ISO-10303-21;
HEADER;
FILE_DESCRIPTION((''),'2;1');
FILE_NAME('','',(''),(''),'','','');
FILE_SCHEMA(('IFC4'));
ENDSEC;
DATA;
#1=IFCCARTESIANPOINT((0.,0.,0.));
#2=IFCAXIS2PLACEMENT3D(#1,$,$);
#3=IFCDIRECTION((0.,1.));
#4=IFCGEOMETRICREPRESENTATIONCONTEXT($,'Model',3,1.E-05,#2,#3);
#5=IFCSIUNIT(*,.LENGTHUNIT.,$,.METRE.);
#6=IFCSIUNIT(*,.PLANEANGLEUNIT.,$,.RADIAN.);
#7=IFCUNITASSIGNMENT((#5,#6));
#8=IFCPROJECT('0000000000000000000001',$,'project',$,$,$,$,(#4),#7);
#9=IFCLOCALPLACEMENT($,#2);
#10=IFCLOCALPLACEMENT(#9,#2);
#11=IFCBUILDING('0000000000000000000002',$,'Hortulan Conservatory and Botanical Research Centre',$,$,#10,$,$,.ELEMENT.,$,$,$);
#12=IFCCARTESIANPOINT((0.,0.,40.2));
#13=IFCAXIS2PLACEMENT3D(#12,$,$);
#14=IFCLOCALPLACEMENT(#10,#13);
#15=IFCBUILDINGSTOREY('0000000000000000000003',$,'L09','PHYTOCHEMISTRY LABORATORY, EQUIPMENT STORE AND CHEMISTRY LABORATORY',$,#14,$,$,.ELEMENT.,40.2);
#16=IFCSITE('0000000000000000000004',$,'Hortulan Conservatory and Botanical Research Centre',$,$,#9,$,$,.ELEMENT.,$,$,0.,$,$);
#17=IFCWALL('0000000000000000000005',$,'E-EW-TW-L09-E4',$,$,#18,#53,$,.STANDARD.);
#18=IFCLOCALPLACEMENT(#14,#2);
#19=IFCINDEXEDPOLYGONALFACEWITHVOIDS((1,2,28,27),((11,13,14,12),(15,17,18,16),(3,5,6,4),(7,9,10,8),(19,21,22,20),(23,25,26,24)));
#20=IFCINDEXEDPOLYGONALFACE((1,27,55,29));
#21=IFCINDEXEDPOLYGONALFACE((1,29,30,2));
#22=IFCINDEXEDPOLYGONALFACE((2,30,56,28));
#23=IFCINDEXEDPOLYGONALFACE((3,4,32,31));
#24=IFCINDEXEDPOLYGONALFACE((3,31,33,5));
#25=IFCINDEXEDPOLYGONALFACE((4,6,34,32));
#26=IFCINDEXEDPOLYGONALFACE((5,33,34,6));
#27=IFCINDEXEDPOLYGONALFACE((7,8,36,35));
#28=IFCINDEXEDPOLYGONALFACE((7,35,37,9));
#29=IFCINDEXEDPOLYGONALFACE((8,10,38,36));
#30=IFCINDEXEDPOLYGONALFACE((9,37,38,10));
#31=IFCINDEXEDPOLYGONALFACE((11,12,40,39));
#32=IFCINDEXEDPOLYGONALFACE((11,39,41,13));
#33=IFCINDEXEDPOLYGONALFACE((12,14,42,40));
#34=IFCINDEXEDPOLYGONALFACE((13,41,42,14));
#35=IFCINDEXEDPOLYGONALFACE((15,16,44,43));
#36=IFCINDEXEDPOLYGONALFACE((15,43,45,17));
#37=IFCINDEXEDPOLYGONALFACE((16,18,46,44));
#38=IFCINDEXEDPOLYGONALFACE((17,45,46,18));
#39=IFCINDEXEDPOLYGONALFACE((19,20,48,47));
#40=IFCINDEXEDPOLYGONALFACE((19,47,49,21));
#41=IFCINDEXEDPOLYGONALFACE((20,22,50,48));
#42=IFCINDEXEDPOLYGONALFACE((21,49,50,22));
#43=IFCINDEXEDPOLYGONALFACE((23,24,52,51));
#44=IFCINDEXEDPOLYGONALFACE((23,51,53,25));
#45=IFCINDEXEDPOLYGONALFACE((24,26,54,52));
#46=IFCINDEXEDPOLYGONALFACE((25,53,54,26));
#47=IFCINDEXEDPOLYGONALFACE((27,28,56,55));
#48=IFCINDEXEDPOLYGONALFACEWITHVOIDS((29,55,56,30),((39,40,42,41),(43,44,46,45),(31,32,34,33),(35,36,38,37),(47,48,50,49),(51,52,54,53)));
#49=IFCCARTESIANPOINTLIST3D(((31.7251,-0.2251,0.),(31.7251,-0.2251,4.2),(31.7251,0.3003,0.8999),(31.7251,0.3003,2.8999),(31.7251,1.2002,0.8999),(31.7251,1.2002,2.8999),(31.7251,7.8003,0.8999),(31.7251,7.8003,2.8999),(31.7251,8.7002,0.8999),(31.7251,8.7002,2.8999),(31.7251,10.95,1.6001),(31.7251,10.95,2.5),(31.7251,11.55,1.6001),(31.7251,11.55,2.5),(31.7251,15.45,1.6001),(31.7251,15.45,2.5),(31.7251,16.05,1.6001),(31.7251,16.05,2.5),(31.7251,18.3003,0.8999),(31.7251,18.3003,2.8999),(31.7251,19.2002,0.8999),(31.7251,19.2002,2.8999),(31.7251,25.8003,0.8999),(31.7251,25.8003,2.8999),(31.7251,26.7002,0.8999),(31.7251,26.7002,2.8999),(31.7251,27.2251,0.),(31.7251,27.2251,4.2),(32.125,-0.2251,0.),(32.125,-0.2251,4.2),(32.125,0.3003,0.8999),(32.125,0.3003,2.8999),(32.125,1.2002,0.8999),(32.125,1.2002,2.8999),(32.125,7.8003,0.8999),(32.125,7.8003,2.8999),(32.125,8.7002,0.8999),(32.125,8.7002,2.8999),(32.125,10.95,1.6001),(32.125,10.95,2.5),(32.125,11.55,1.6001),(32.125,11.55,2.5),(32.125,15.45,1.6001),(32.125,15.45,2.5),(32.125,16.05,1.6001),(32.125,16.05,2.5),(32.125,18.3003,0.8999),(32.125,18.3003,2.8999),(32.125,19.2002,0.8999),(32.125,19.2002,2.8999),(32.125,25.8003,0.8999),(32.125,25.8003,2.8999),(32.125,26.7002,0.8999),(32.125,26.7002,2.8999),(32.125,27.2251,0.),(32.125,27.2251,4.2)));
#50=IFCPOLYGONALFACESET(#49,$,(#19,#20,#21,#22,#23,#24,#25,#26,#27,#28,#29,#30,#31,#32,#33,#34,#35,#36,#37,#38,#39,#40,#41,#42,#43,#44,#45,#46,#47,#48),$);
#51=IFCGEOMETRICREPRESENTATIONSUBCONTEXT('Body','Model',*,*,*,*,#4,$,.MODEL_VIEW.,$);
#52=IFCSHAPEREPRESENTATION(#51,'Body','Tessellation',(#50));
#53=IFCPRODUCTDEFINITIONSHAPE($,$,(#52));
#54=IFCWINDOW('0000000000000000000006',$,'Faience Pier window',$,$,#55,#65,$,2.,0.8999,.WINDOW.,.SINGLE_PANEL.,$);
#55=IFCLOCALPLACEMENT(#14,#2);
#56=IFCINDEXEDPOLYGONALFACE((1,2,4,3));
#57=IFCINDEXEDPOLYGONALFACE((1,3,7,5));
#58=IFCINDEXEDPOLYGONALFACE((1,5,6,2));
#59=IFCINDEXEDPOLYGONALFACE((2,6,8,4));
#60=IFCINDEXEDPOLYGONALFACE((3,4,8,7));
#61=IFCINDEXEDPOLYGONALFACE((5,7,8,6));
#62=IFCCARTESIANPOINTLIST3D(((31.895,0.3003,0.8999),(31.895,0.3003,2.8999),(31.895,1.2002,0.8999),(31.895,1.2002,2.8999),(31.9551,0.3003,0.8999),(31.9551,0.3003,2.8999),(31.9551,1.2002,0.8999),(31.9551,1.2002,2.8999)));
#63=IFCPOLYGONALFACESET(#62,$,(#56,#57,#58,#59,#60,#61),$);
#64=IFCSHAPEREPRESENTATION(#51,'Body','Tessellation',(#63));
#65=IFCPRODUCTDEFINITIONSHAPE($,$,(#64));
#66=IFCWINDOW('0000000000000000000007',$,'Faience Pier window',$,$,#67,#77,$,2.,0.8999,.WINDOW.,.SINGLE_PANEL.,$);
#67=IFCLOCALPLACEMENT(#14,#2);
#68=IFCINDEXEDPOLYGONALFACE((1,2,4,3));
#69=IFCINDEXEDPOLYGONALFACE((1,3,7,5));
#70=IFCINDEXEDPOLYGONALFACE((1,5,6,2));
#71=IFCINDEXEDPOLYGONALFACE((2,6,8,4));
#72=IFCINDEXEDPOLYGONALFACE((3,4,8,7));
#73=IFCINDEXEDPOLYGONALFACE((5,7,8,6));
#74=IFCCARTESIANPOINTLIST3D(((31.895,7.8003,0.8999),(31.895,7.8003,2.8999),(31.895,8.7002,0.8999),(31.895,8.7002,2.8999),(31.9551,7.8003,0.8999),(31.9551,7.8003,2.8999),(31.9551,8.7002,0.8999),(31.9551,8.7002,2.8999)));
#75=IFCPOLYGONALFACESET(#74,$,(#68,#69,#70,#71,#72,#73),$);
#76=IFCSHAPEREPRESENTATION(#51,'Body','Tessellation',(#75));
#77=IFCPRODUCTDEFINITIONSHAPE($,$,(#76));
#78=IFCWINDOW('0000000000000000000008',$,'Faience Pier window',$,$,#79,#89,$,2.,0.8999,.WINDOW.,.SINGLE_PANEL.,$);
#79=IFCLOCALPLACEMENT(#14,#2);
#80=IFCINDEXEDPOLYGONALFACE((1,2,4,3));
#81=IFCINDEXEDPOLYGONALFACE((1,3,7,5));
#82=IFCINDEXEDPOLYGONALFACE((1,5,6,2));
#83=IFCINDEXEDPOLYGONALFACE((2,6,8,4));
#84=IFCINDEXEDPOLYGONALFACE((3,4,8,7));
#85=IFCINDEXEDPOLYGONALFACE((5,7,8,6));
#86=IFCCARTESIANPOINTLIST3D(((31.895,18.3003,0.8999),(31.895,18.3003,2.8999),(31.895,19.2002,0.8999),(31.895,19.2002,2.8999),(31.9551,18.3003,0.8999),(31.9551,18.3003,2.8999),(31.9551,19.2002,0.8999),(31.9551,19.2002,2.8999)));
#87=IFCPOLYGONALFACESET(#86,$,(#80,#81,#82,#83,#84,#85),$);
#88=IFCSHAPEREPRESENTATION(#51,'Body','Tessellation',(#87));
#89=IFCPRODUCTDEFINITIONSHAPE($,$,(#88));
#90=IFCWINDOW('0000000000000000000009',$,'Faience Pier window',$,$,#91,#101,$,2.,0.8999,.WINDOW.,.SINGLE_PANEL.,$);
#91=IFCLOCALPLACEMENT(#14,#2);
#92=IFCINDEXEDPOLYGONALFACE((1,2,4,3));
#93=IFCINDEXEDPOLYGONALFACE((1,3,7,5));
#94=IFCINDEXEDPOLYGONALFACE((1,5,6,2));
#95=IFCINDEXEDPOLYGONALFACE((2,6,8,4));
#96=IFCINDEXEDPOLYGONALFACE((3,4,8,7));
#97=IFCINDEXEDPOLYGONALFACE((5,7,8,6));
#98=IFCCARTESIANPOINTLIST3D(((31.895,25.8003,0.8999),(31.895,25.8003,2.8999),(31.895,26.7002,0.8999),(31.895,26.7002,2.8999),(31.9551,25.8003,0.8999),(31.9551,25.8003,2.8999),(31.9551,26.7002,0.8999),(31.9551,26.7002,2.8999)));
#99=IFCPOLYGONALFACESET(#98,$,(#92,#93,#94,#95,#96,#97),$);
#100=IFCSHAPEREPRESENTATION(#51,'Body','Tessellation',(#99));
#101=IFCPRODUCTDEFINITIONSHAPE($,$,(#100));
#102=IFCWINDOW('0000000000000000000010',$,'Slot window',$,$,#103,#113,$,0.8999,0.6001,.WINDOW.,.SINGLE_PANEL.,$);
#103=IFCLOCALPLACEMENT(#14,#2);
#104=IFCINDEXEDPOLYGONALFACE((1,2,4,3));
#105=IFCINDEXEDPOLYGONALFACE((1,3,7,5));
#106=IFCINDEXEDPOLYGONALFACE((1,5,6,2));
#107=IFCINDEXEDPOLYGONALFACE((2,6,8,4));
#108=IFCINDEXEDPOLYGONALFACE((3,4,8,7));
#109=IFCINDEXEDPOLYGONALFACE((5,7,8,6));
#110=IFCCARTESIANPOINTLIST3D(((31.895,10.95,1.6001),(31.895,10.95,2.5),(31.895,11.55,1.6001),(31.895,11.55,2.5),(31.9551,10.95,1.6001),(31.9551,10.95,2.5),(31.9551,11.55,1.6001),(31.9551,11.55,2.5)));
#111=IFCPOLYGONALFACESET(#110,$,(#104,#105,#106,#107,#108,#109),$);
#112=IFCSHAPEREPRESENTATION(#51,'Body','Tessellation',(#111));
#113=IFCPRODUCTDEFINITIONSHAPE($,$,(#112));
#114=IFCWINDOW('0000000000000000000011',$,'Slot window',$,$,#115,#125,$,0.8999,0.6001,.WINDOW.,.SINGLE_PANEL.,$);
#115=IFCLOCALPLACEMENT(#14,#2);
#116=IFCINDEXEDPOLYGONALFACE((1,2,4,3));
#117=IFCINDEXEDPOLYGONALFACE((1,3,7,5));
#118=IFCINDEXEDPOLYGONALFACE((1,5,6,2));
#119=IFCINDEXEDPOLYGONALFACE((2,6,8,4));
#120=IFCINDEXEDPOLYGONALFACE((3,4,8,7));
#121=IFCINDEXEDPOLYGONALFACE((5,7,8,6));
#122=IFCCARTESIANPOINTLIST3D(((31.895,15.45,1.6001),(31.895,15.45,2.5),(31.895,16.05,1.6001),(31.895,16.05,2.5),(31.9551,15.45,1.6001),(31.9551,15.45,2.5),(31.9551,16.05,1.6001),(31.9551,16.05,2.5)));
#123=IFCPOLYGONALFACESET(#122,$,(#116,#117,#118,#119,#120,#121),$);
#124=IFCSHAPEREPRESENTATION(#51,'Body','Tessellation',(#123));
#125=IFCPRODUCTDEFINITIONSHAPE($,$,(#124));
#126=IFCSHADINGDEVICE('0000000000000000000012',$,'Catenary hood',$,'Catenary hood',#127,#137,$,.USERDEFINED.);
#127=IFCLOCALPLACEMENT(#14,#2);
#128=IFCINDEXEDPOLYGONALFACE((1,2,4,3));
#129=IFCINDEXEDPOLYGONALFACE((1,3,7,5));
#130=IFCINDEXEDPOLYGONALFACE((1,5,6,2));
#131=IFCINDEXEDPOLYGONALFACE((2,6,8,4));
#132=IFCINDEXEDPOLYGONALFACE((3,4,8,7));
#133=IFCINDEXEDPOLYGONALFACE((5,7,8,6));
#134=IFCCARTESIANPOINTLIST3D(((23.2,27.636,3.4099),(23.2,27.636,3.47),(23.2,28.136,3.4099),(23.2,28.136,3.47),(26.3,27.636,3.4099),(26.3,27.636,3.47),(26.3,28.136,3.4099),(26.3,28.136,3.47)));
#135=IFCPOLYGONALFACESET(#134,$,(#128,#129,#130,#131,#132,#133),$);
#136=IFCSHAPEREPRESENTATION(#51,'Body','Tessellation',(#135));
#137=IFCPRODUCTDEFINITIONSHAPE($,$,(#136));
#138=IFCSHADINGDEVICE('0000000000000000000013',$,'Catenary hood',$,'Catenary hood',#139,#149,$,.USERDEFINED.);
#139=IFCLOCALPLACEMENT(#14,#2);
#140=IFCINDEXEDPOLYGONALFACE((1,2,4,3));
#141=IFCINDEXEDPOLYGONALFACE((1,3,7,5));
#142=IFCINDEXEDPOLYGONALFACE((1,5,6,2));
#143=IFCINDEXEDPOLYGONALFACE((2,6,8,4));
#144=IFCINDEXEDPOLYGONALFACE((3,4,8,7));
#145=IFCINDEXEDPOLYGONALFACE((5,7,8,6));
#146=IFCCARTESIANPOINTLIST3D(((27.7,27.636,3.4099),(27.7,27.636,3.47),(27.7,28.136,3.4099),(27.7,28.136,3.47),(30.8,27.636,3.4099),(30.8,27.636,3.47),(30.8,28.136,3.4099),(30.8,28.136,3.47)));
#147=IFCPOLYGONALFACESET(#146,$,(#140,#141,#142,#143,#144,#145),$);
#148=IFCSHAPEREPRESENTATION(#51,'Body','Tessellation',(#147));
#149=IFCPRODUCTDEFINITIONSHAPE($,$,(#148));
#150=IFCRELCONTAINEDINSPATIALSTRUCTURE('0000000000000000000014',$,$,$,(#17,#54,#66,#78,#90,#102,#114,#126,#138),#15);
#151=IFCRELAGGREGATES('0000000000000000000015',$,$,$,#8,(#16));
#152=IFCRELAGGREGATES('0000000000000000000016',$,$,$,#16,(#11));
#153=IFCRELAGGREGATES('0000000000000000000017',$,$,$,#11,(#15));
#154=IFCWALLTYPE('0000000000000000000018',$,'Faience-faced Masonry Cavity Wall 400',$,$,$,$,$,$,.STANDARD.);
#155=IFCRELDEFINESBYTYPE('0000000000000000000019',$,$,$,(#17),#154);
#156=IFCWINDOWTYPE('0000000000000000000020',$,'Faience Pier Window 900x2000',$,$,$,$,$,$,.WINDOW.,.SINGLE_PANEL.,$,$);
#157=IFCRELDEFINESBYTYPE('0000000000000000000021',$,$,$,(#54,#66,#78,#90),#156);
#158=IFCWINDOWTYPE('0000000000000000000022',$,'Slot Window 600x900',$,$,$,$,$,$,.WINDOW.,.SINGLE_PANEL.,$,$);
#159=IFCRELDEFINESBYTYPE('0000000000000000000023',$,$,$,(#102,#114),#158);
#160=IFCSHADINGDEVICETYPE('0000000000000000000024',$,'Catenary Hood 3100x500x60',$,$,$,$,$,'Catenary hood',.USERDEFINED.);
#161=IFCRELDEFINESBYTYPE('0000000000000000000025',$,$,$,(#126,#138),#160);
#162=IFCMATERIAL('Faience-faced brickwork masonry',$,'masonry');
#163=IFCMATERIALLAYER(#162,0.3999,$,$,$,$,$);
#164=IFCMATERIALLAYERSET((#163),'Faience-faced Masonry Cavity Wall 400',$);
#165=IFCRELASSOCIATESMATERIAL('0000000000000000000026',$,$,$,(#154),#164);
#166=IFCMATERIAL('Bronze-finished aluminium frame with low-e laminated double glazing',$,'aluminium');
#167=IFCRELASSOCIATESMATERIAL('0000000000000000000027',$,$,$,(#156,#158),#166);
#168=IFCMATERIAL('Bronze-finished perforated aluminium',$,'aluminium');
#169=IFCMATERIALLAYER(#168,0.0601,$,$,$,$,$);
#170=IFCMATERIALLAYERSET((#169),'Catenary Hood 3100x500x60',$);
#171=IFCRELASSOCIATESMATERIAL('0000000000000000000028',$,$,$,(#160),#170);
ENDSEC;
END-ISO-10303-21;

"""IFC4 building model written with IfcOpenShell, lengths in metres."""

from ifc_helpers import new_model, si_unit, direction, frame, frame_2d, origin, origin_2d, place, context, subcontext, project, spatial, rectangle, extrude, material, layer, layer_set, type_object, element, fill, save


model = new_model("IFC4")

# Units and contexts
model_context = context("Model", 3, precision=1e-05, world=origin(), true_north=direction((0.0, 1.0)))
body_context = subcontext(model_context, "Body", "Model", "MODEL_VIEW")
ifc_project = project(units=[si_unit("LENGTHUNIT", "METRE"), si_unit("PLANEANGLEUNIT", "RADIAN")], contexts=[model_context])

# Site, building, storey
site_placement = place(None, origin())
site = spatial("IfcSite", under=ifc_project, at=site_placement, Name="Hortulan Conservatory and Botanical Research Centre", CompositionType="ELEMENT", RefElevation=0.0)
building_placement = place(site_placement, origin())
building = spatial("IfcBuilding", under=site, at=building_placement, Name="Hortulan Conservatory and Botanical Research Centre", CompositionType="ELEMENT")
storey_placement = place(building_placement, frame((0.0, 0.0, 40.2)))
storey = spatial("IfcBuildingStorey", under=building, at=storey_placement, Name="L09", Description="PHYTOCHEMISTRY LABORATORY, EQUIPMENT STORE AND CHEMISTRY LABORATORY", CompositionType="ELEMENT", Elevation=40.2)

# Wall, openings, windows
ifc_material_1 = material(Name="Faience-faced brickwork masonry", Category="masonry")
ifc_layer_1 = layer(ifc_material_1, 0.3999)
ifc_layer_set_1 = layer_set([ifc_layer_1], Name="Faience-faced Masonry Cavity Wall 400")
wall_type = type_object("IfcWallType", Name="Faience-faced Masonry Cavity Wall 400", PredefinedType="STANDARD", material=ifc_layer_set_1)
wall_placement = place(storey_placement, frame((31.925, 27.2251, 0.0), z_axis=(0.0, 0.0, 1.0), x_axis=(0.0, -1.0, 0.0)))
wall = element("IfcWall", 1, at=wall_placement, inside=storey, type_object=wall_type, Name="E-EW-TW-L09-E4", PredefinedType="STANDARD", context=body_context, shape_type="SweptSolid", body=[
    extrude(rectangle(XDim=27.4502, YDim=0.3999, at=frame_2d((13.7251, 0.0))), origin(), (0.0, 0.0, 1.0), 4.2),
])
opening_1_placement = place(wall_placement, frame((26.0249, 0.0, 0.8999)))
opening_1 = element("IfcOpeningElement", 2, at=opening_1_placement, cuts=wall, PredefinedType="OPENING", context=body_context, shape_type="SweptSolid", body=[
    extrude(rectangle(XDim=0.8999, YDim=2.0, at=frame_2d((0.45, 1.0))), frame((0.0, 0.21, 0.0), z_axis=(0.0, -1.0, 0.0), x_axis=(1.0, 0.0, 0.0)), (0.0, 0.0, 1.0), 0.4199),
])
opening_2_placement = place(wall_placement, frame((18.5249, 0.0, 0.8999)))
opening_2 = element("IfcOpeningElement", 3, at=opening_2_placement, cuts=wall, PredefinedType="OPENING", context=body_context, shape_type="SweptSolid", body=[
    extrude(rectangle(XDim=0.8999, YDim=2.0, at=frame_2d((0.45, 1.0))), frame((0.0, 0.21, 0.0), z_axis=(0.0, -1.0, 0.0), x_axis=(1.0, 0.0, 0.0)), (0.0, 0.0, 1.0), 0.4199),
])
opening_3_placement = place(wall_placement, frame((15.675, 0.0, 1.6001)))
opening_3 = element("IfcOpeningElement", 4, at=opening_3_placement, cuts=wall, PredefinedType="OPENING", context=body_context, shape_type="SweptSolid", body=[
    extrude(rectangle(XDim=0.6001, YDim=0.8999, at=frame_2d((0.3, 0.45))), frame((0.0, 0.21, 0.0), z_axis=(0.0, -1.0, 0.0), x_axis=(1.0, 0.0, 0.0)), (0.0, 0.0, 1.0), 0.4199),
])
opening_4_placement = place(wall_placement, frame((11.175, 0.0, 1.6001)))
opening_4 = element("IfcOpeningElement", 5, at=opening_4_placement, cuts=wall, PredefinedType="OPENING", context=body_context, shape_type="SweptSolid", body=[
    extrude(rectangle(XDim=0.6001, YDim=0.8999, at=frame_2d((0.3, 0.45))), frame((0.0, 0.21, 0.0), z_axis=(0.0, -1.0, 0.0), x_axis=(1.0, 0.0, 0.0)), (0.0, 0.0, 1.0), 0.4199),
])
opening_5_placement = place(wall_placement, frame((8.0249, 0.0, 0.8999)))
opening_5 = element("IfcOpeningElement", 6, at=opening_5_placement, cuts=wall, PredefinedType="OPENING", context=body_context, shape_type="SweptSolid", body=[
    extrude(rectangle(XDim=0.8999, YDim=2.0, at=frame_2d((0.45, 1.0))), frame((0.0, 0.21, 0.0), z_axis=(0.0, -1.0, 0.0), x_axis=(1.0, 0.0, 0.0)), (0.0, 0.0, 1.0), 0.4199),
])
opening_6_placement = place(wall_placement, frame((0.5249, 0.0, 0.8999)))
opening_6 = element("IfcOpeningElement", 7, at=opening_6_placement, cuts=wall, PredefinedType="OPENING", context=body_context, shape_type="SweptSolid", body=[
    extrude(rectangle(XDim=0.8999, YDim=2.0, at=frame_2d((0.45, 1.0))), frame((0.0, 0.21, 0.0), z_axis=(0.0, -1.0, 0.0), x_axis=(1.0, 0.0, 0.0)), (0.0, 0.0, 1.0), 0.4199),
])
ifc_material_2 = material(Name="Bronze-finished aluminium frame with low-e laminated double glazing", Category="aluminium")
window_type_1 = type_object("IfcWindowType", Name="Faience Pier Window 900x2000", PartitioningType="SINGLE_PANEL", PredefinedType="WINDOW", material=ifc_material_2)
window_1_placement = place(opening_1_placement, origin())
window_1 = element("IfcWindow", 8, at=window_1_placement, inside=storey, type_object=window_type_1, Name="Faience Pier window", OverallHeight=2.0, OverallWidth=0.8999, PartitioningType="SINGLE_PANEL", PredefinedType="WINDOW", context=body_context, shape_type="SweptSolid", body=[
    extrude(rectangle(XDim=0.8999, YDim=2.0, at=frame_2d((0.45, 1.0))), frame((0.0, 0.03, 0.0), z_axis=(0.0, -1.0, 0.0), x_axis=(1.0, 0.0, 0.0)), (0.0, 0.0, 1.0), 0.0601),
])
fill(opening_1, window_1)
window_2_placement = place(opening_2_placement, origin())
window_2 = element("IfcWindow", 9, at=window_2_placement, inside=storey, type_object=window_type_1, Name="Faience Pier window", OverallHeight=2.0, OverallWidth=0.8999, PartitioningType="SINGLE_PANEL", PredefinedType="WINDOW", context=body_context, shape_type="SweptSolid", body=[
    extrude(rectangle(XDim=0.8999, YDim=2.0, at=frame_2d((0.45, 1.0))), frame((0.0, 0.03, 0.0), z_axis=(0.0, -1.0, 0.0), x_axis=(1.0, 0.0, 0.0)), (0.0, 0.0, 1.0), 0.0601),
])
fill(opening_2, window_2)
window_3_placement = place(opening_5_placement, origin())
window_3 = element("IfcWindow", 10, at=window_3_placement, inside=storey, type_object=window_type_1, Name="Faience Pier window", OverallHeight=2.0, OverallWidth=0.8999, PartitioningType="SINGLE_PANEL", PredefinedType="WINDOW", context=body_context, shape_type="SweptSolid", body=[
    extrude(rectangle(XDim=0.8999, YDim=2.0, at=frame_2d((0.45, 1.0))), frame((0.0, 0.03, 0.0), z_axis=(0.0, -1.0, 0.0), x_axis=(1.0, 0.0, 0.0)), (0.0, 0.0, 1.0), 0.0601),
])
fill(opening_5, window_3)
window_4_placement = place(opening_6_placement, origin())
window_4 = element("IfcWindow", 11, at=window_4_placement, inside=storey, type_object=window_type_1, Name="Faience Pier window", OverallHeight=2.0, OverallWidth=0.8999, PartitioningType="SINGLE_PANEL", PredefinedType="WINDOW", context=body_context, shape_type="SweptSolid", body=[
    extrude(rectangle(XDim=0.8999, YDim=2.0, at=frame_2d((0.45, 1.0))), frame((0.0, 0.03, 0.0), z_axis=(0.0, -1.0, 0.0), x_axis=(1.0, 0.0, 0.0)), (0.0, 0.0, 1.0), 0.0601),
])
fill(opening_6, window_4)
window_type_2 = type_object("IfcWindowType", Name="Slot Window 600x900", PartitioningType="SINGLE_PANEL", PredefinedType="WINDOW", material=ifc_material_2)
window_5_placement = place(opening_3_placement, origin())
window_5 = element("IfcWindow", 12, at=window_5_placement, inside=storey, type_object=window_type_2, Name="Slot window", OverallHeight=0.8999, OverallWidth=0.6001, PartitioningType="SINGLE_PANEL", PredefinedType="WINDOW", context=body_context, shape_type="SweptSolid", body=[
    extrude(rectangle(XDim=0.6001, YDim=0.8999, at=frame_2d((0.3, 0.45))), frame((0.0, 0.03, 0.0), z_axis=(0.0, -1.0, 0.0), x_axis=(1.0, 0.0, 0.0)), (0.0, 0.0, 1.0), 0.0601),
])
fill(opening_3, window_5)
window_6_placement = place(opening_4_placement, origin())
window_6 = element("IfcWindow", 13, at=window_6_placement, inside=storey, type_object=window_type_2, Name="Slot window", OverallHeight=0.8999, OverallWidth=0.6001, PartitioningType="SINGLE_PANEL", PredefinedType="WINDOW", context=body_context, shape_type="SweptSolid", body=[
    extrude(rectangle(XDim=0.6001, YDim=0.8999, at=frame_2d((0.3, 0.45))), frame((0.0, 0.03, 0.0), z_axis=(0.0, -1.0, 0.0), x_axis=(1.0, 0.0, 0.0)), (0.0, 0.0, 1.0), 0.0601),
])
fill(opening_4, window_6)

# Shading devices
ifc_material_3 = material(Name="Bronze-finished perforated aluminium", Category="aluminium")
ifc_layer_2 = layer(ifc_material_3, 0.0601)
ifc_layer_set_2 = layer_set([ifc_layer_2], Name="Catenary Hood 3100x500x60")
shading_device_type = type_object("IfcShadingDeviceType", Name="Catenary Hood 3100x500x60", ElementType="Catenary hood", PredefinedType="USERDEFINED", material=ifc_layer_set_2)
for number, where, z_axis, x_axis, name in (
    (14, (24.75, 27.886, 3.4099), (0.0, 0.0, 1.0), (1.0, 0.0, 0.0), "Catenary hood"),
    (15, (29.25, 27.886, 3.4099), (0.0, 0.0, 1.0), (1.0, 0.0, 0.0), "Catenary hood"),
):
    element("IfcShadingDevice", number, at=place(storey_placement, frame(where, z_axis=z_axis, x_axis=x_axis)), inside=storey, type_object=shading_device_type, Name=name, ObjectType="Catenary hood", PredefinedType="USERDEFINED", context=body_context, shape_type="SweptSolid", body=[
        extrude(rectangle(XDim=3.1001, YDim=0.5, at=origin_2d()), origin(), (0.0, 0.0, 1.0), 0.0601),
    ])

save(model, "model.ifc")
